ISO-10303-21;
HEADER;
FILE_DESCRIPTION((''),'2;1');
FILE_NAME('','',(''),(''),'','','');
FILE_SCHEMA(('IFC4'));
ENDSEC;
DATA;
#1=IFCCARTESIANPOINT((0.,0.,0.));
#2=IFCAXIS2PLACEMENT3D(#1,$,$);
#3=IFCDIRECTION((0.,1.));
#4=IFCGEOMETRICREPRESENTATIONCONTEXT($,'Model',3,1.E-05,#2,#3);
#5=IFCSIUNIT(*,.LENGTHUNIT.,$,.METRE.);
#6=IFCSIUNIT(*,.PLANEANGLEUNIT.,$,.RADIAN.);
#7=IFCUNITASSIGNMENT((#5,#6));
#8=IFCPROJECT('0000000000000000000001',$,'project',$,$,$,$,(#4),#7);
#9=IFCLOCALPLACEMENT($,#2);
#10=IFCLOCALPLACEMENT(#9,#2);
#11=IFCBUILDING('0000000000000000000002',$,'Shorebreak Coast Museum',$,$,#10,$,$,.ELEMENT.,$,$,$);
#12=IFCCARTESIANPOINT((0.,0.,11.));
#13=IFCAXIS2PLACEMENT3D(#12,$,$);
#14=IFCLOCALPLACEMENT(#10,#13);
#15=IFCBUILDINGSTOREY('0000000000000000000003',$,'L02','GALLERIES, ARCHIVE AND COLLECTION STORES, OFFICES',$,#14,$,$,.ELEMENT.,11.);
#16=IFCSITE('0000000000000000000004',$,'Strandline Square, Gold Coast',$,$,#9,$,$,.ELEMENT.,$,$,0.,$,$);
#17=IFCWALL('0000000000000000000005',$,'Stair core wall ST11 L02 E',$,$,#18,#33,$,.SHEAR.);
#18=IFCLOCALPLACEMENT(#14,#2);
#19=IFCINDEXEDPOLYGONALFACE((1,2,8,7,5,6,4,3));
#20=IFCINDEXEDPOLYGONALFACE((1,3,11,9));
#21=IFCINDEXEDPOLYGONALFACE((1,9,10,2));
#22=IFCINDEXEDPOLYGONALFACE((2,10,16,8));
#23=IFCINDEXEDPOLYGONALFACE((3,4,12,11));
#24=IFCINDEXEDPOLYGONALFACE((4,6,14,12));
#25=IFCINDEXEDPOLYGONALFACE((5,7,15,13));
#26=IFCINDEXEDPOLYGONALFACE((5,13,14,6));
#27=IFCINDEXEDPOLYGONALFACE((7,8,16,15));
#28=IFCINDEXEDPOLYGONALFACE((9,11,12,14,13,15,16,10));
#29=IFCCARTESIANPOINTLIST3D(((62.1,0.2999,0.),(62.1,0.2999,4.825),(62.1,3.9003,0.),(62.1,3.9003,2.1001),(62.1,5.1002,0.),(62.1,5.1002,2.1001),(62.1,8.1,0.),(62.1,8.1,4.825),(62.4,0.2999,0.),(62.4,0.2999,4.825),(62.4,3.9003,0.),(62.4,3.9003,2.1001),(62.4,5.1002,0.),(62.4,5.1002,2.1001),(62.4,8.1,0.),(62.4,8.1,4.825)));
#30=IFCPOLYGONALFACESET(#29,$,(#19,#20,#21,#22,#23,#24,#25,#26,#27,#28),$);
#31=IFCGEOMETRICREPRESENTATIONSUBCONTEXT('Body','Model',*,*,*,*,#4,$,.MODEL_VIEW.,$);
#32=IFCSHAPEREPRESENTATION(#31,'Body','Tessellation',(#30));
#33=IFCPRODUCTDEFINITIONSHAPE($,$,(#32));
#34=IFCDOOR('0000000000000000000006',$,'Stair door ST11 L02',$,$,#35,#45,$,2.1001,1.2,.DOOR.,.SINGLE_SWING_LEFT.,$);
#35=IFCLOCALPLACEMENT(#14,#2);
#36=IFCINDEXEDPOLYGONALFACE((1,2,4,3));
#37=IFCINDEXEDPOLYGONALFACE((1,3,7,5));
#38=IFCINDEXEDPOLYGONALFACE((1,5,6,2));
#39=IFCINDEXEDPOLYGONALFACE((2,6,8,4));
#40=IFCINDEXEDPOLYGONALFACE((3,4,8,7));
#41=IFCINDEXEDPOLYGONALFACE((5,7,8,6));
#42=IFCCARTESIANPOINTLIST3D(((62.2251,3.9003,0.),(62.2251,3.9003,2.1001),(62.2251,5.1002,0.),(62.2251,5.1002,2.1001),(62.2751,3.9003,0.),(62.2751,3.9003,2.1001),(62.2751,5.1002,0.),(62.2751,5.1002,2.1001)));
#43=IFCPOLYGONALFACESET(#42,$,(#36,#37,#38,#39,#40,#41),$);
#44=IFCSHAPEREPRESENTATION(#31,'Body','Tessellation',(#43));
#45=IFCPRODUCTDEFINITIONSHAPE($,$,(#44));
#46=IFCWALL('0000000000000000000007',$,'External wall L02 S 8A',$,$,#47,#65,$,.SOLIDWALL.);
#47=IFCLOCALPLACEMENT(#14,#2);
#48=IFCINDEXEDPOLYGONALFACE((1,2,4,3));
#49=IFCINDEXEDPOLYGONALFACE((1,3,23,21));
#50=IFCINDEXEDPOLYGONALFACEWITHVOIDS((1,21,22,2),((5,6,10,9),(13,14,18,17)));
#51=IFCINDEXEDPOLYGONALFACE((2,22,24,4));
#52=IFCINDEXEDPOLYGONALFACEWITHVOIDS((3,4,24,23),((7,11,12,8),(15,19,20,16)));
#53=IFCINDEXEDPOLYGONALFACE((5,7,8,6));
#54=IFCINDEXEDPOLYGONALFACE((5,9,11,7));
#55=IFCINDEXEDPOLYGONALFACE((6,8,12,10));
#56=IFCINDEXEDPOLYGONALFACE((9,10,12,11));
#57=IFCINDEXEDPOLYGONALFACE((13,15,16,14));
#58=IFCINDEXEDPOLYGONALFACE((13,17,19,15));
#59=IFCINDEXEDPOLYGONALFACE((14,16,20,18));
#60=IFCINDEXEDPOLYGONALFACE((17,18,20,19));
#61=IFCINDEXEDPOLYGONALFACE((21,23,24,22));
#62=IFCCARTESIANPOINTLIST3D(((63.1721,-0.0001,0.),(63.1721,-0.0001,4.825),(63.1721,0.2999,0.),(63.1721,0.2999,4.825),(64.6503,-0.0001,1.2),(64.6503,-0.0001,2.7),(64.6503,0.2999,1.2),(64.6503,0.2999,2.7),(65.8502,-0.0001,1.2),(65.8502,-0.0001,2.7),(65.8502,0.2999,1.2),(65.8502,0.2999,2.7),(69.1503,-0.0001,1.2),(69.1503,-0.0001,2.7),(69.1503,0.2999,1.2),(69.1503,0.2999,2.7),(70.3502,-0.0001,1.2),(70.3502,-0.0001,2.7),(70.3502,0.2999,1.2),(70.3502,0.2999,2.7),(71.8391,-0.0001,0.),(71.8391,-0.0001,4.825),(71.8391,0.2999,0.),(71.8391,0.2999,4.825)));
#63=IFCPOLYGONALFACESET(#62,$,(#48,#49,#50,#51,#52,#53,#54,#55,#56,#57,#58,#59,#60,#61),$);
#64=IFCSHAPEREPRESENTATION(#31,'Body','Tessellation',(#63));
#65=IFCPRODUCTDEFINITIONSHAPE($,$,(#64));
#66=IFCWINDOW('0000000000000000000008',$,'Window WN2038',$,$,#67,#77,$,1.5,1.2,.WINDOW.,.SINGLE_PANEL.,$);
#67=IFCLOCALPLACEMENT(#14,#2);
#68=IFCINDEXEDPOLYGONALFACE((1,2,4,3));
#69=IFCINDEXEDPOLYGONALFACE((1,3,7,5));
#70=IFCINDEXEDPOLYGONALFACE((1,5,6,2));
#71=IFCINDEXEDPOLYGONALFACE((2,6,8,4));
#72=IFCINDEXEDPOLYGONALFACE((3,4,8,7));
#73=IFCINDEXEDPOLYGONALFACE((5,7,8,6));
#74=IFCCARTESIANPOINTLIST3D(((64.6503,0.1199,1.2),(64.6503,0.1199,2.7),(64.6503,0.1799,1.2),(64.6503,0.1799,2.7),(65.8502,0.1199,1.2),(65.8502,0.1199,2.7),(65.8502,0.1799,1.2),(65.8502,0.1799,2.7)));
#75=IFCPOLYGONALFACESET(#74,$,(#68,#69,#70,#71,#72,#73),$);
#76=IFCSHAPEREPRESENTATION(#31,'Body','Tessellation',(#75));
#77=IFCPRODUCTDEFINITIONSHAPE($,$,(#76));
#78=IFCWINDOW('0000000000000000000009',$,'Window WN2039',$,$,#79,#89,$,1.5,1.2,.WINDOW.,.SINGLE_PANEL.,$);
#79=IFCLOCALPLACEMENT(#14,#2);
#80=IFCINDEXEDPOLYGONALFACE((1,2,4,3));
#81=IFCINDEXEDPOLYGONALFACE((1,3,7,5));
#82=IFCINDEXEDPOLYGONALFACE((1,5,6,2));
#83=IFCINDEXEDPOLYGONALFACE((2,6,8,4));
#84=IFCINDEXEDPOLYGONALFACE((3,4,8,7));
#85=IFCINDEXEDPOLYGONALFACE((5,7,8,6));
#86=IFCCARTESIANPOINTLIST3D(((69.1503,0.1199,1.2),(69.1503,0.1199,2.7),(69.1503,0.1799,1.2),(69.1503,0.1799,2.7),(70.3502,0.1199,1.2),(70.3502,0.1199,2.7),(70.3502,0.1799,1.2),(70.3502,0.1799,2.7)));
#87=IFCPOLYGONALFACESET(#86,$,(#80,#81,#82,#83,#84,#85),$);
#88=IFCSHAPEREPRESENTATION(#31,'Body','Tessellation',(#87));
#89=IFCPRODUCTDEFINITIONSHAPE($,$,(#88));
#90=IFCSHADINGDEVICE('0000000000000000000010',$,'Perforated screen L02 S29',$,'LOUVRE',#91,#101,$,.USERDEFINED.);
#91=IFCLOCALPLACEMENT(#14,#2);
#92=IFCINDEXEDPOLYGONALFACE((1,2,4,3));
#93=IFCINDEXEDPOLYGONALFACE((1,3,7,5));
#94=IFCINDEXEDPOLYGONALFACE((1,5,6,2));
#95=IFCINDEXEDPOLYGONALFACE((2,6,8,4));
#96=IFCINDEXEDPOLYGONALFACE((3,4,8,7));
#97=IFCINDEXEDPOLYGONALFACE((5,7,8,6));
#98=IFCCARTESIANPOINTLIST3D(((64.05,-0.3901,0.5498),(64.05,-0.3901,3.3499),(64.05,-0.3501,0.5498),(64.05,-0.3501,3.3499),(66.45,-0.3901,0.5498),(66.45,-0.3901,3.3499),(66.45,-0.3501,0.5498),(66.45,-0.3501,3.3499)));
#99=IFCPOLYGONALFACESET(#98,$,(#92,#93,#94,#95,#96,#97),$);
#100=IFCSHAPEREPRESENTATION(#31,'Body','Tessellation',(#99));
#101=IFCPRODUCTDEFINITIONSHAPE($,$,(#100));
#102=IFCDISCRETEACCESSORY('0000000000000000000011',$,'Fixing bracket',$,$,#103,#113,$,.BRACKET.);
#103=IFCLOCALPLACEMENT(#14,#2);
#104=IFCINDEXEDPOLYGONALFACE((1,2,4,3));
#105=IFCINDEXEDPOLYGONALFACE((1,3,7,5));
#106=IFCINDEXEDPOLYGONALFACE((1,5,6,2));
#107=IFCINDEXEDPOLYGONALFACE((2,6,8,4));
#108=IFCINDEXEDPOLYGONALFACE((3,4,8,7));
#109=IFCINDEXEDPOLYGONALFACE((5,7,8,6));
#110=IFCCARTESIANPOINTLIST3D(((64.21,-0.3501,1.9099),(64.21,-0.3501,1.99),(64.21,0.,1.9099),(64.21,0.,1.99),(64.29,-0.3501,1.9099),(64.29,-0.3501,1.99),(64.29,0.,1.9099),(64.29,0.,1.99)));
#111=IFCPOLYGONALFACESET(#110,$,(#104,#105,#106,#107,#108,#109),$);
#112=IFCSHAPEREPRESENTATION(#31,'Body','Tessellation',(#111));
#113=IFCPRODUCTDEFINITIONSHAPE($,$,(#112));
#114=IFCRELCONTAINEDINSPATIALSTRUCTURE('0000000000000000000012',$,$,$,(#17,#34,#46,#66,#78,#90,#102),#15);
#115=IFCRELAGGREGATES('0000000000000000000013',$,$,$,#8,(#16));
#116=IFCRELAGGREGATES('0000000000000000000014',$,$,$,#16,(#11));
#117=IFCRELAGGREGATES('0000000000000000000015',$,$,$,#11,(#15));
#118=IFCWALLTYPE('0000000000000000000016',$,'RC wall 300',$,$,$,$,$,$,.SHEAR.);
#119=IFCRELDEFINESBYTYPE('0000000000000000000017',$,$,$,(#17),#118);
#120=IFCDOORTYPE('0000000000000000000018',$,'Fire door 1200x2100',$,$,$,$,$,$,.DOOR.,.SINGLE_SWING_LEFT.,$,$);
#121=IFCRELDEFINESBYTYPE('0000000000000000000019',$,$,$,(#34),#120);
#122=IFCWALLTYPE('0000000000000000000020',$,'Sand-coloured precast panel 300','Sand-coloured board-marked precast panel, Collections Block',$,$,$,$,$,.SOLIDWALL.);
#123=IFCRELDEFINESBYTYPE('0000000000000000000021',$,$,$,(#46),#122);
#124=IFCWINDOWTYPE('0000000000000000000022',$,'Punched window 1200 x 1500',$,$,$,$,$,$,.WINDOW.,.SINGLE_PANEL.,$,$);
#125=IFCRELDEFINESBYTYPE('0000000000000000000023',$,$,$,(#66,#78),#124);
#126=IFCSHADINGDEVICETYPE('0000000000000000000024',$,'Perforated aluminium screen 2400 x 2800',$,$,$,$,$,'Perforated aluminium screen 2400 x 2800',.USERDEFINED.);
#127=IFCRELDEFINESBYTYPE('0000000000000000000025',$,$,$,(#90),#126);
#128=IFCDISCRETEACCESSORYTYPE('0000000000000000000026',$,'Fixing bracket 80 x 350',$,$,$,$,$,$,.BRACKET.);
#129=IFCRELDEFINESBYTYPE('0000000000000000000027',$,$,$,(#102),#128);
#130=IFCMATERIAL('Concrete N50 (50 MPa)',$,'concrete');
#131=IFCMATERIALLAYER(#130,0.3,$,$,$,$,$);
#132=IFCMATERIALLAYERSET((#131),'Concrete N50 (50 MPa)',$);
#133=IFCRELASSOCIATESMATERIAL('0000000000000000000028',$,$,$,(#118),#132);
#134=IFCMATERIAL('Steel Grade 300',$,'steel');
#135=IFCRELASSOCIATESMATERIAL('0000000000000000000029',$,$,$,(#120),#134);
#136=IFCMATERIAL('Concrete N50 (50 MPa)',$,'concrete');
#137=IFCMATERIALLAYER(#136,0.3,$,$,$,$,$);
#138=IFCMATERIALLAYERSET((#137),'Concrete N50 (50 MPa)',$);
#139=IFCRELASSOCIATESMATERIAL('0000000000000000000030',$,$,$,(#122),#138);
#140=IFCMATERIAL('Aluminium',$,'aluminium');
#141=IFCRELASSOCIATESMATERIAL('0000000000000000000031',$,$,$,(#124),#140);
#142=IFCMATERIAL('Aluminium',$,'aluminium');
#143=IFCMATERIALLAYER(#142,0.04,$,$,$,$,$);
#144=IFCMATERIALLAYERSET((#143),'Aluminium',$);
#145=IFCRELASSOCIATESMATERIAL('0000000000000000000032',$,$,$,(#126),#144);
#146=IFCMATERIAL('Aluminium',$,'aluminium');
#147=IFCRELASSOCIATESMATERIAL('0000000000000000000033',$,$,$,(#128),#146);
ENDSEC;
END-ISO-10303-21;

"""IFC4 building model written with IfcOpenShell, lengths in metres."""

from ifc_helpers import new_model, si_unit, direction, frame, frame_2d, origin, origin_2d, place, context, subcontext, project, spatial, rectangle, extrude, material, layer, layer_set, type_object, element, fill, save


model = new_model("IFC4")

# Units and contexts
model_context = context("Model", 3, precision=1e-05, world=origin(), true_north=direction((0.0, 1.0)))
body_context = subcontext(model_context, "Body", "Model", "MODEL_VIEW")
ifc_project = project(units=[si_unit("LENGTHUNIT", "METRE"), si_unit("PLANEANGLEUNIT", "RADIAN")], contexts=[model_context])

# Site, building, storey
site_placement = place(None, origin())
site = spatial("IfcSite", under=ifc_project, at=site_placement, Name="Strandline Square, Gold Coast", CompositionType="ELEMENT", RefElevation=0.0)
building_placement = place(site_placement, origin())
building = spatial("IfcBuilding", under=site, at=building_placement, Name="Shorebreak Coast Museum", CompositionType="ELEMENT")
storey_placement = place(building_placement, frame((0.0, 0.0, 11.0)))
storey = spatial("IfcBuildingStorey", under=building, at=storey_placement, Name="L02", Description="GALLERIES, ARCHIVE AND COLLECTION STORES, OFFICES", CompositionType="ELEMENT", Elevation=11.0)

# Wall, opening, door
ifc_material_1 = material(Name="Concrete N50 (50 MPa)", Category="concrete")
ifc_layer_1 = layer(ifc_material_1, 0.3)
ifc_layer_set_1 = layer_set([ifc_layer_1], Name="Concrete N50 (50 MPa)")
wall_type_1 = type_object("IfcWallType", Name="RC wall 300", PredefinedType="SHEAR", material=ifc_layer_set_1)
wall_1_placement = place(storey_placement, frame((62.25, 0.3, 0.0), z_axis=(0.0, 0.0, 1.0), x_axis=(0.0, 1.0, 0.0)))
wall_1 = element("IfcWall", 1, at=wall_1_placement, inside=storey, type_object=wall_type_1, Name="Stair core wall ST11 L02 E", PredefinedType="SHEAR", context=body_context, shape_type="SweptSolid", body=[
    extrude(rectangle(XDim=7.8, YDim=0.3, at=frame_2d((3.8999, 0.0))), origin(), (0.0, 0.0, 1.0), 4.825),
])
opening_1_placement = place(wall_1_placement, frame((3.6001, 0.0, 0.0)))
opening_1 = element("IfcOpeningElement", 2, at=opening_1_placement, cuts=wall_1, PredefinedType="OPENING", context=body_context, shape_type="SweptSolid", body=[
    extrude(rectangle(XDim=1.2, YDim=2.1001, at=frame_2d((0.6001, 1.05))), frame((0.0, 0.1599, 0.0), z_axis=(0.0, -1.0, 0.0), x_axis=(1.0, 0.0, 0.0)), (0.0, 0.0, 1.0), 0.3201),
])
ifc_material_2 = material(Name="Steel Grade 300", Category="steel")
door_type = type_object("IfcDoorType", Name="Fire door 1200x2100", OperationType="SINGLE_SWING_LEFT", PredefinedType="DOOR", material=ifc_material_2)
door_placement = place(opening_1_placement, origin())
door = element("IfcDoor", 3, at=door_placement, inside=storey, type_object=door_type, Name="Stair door ST11 L02", OperationType="SINGLE_SWING_LEFT", OverallHeight=2.1001, OverallWidth=1.2, PredefinedType="DOOR", context=body_context, shape_type="SweptSolid", body=[
    extrude(rectangle(XDim=1.2, YDim=2.1001, at=frame_2d((0.6001, 1.05))), frame((0.0, 0.0249, 0.0), z_axis=(0.0, -1.0, 0.0), x_axis=(1.0, 0.0, 0.0)), (0.0, 0.0, 1.0), 0.05),
])
fill(opening_1, door)

# Wall, openings, windows
ifc_material_3 = material(Name="Concrete N50 (50 MPa)", Category="concrete")
ifc_layer_2 = layer(ifc_material_3, 0.3)
ifc_layer_set_2 = layer_set([ifc_layer_2], Name="Concrete N50 (50 MPa)")
wall_type_2 = type_object("IfcWallType", Name="Sand-coloured precast panel 300", Description="Sand-coloured board-marked precast panel, Collections Block", PredefinedType="SOLIDWALL", material=ifc_layer_set_2)
wall_2_placement = place(storey_placement, frame((63.1721, 0.1499, 0.0), z_axis=(0.0, 0.0, 1.0), x_axis=(1.0, 0.0, 0.0)))
wall_2 = element("IfcWall", 4, at=wall_2_placement, inside=storey, type_object=wall_type_2, Name="External wall L02 S 8A", PredefinedType="SOLIDWALL", context=body_context, shape_type="SweptSolid", body=[
    extrude(rectangle(XDim=8.667, YDim=0.3, at=frame_2d((4.3335, 0.0))), origin(), (0.0, 0.0, 1.0), 4.825),
])
opening_2_placement = place(wall_2_placement, frame((1.478, 0.0, 1.2)))
opening_2 = element("IfcOpeningElement", 5, at=opening_2_placement, cuts=wall_2, PredefinedType="OPENING", context=body_context, shape_type="SweptSolid", body=[
    extrude(rectangle(XDim=1.2, YDim=1.5, at=frame_2d((0.6001, 0.75))), frame((0.0, 0.1599, 0.0), z_axis=(0.0, -1.0, 0.0), x_axis=(1.0, 0.0, 0.0)), (0.0, 0.0, 1.0), 0.3201),
])
opening_3_placement = place(wall_2_placement, frame((5.978, 0.0, 1.2)))
opening_3 = element("IfcOpeningElement", 6, at=opening_3_placement, cuts=wall_2, PredefinedType="OPENING", context=body_context, shape_type="SweptSolid", body=[
    extrude(rectangle(XDim=1.2, YDim=1.5, at=frame_2d((0.6001, 0.75))), frame((0.0, 0.1599, 0.0), z_axis=(0.0, -1.0, 0.0), x_axis=(1.0, 0.0, 0.0)), (0.0, 0.0, 1.0), 0.3201),
])
ifc_material_4 = material(Name="Aluminium", Category="aluminium")
window_type = type_object("IfcWindowType", Name="Punched window 1200 x 1500", PartitioningType="SINGLE_PANEL", PredefinedType="WINDOW", material=ifc_material_4)
window_1_placement = place(opening_2_placement, origin())
window_1 = element("IfcWindow", 7, at=window_1_placement, inside=storey, type_object=window_type, Name="Window WN2038", OverallHeight=1.5, OverallWidth=1.2, PartitioningType="SINGLE_PANEL", PredefinedType="WINDOW", context=body_context, shape_type="SweptSolid", body=[
    extrude(rectangle(XDim=1.2, YDim=1.5, at=frame_2d((0.6001, 0.75))), frame((0.0, 0.03, 0.0), z_axis=(0.0, -1.0, 0.0), x_axis=(1.0, 0.0, 0.0)), (0.0, 0.0, 1.0), 0.0601),
])
fill(opening_2, window_1)
window_2_placement = place(opening_3_placement, origin())
window_2 = element("IfcWindow", 8, at=window_2_placement, inside=storey, type_object=window_type, Name="Window WN2039", OverallHeight=1.5, OverallWidth=1.2, PartitioningType="SINGLE_PANEL", PredefinedType="WINDOW", context=body_context, shape_type="SweptSolid", body=[
    extrude(rectangle(XDim=1.2, YDim=1.5, at=frame_2d((0.6001, 0.75))), frame((0.0, 0.03, 0.0), z_axis=(0.0, -1.0, 0.0), x_axis=(1.0, 0.0, 0.0)), (0.0, 0.0, 1.0), 0.0601),
])
fill(opening_3, window_2)

# Shading device
ifc_material_5 = material(Name="Aluminium", Category="aluminium")
ifc_layer_3 = layer(ifc_material_5, 0.04)
ifc_layer_set_3 = layer_set([ifc_layer_3], Name="Aluminium")
shading_device_type = type_object("IfcShadingDeviceType", Name="Perforated aluminium screen 2400 x 2800", ElementType="Perforated aluminium screen 2400 x 2800", PredefinedType="USERDEFINED", material=ifc_layer_set_3)
shading_device_placement = place(storey_placement, frame((65.25, -0.3701, 0.5498), z_axis=(0.0, 0.0, 1.0), x_axis=(1.0, 0.0, 0.0)))
element("IfcShadingDevice", 9, at=shading_device_placement, inside=storey, type_object=shading_device_type, Name="Perforated screen L02 S29", ObjectType="LOUVRE", PredefinedType="USERDEFINED", context=body_context, shape_type="SweptSolid", body=[
    extrude(rectangle(XDim=2.3999, YDim=0.04, at=origin_2d()), origin(), (0.0, 0.0, 1.0), 2.8),
])

# Discrete accessory
ifc_material_6 = material(Name="Aluminium", Category="aluminium")
discrete_accessory_type = type_object("IfcDiscreteAccessoryType", Name="Fixing bracket 80 x 350", PredefinedType="BRACKET", material=ifc_material_6)
discrete_accessory_placement = place(storey_placement, frame((64.25, -0.175, 1.9099), z_axis=(0.0, 0.0, 1.0), x_axis=(1.0, 0.0, 0.0)))
element("IfcDiscreteAccessory", 10, at=discrete_accessory_placement, inside=storey, type_object=discrete_accessory_type, Name="Fixing bracket", PredefinedType="BRACKET", context=body_context, shape_type="SweptSolid", body=[
    extrude(rectangle(XDim=0.0801, YDim=0.3501, at=origin_2d()), origin(), (0.0, 0.0, 1.0), 0.0801),
])

save(model, "model.ifc")
